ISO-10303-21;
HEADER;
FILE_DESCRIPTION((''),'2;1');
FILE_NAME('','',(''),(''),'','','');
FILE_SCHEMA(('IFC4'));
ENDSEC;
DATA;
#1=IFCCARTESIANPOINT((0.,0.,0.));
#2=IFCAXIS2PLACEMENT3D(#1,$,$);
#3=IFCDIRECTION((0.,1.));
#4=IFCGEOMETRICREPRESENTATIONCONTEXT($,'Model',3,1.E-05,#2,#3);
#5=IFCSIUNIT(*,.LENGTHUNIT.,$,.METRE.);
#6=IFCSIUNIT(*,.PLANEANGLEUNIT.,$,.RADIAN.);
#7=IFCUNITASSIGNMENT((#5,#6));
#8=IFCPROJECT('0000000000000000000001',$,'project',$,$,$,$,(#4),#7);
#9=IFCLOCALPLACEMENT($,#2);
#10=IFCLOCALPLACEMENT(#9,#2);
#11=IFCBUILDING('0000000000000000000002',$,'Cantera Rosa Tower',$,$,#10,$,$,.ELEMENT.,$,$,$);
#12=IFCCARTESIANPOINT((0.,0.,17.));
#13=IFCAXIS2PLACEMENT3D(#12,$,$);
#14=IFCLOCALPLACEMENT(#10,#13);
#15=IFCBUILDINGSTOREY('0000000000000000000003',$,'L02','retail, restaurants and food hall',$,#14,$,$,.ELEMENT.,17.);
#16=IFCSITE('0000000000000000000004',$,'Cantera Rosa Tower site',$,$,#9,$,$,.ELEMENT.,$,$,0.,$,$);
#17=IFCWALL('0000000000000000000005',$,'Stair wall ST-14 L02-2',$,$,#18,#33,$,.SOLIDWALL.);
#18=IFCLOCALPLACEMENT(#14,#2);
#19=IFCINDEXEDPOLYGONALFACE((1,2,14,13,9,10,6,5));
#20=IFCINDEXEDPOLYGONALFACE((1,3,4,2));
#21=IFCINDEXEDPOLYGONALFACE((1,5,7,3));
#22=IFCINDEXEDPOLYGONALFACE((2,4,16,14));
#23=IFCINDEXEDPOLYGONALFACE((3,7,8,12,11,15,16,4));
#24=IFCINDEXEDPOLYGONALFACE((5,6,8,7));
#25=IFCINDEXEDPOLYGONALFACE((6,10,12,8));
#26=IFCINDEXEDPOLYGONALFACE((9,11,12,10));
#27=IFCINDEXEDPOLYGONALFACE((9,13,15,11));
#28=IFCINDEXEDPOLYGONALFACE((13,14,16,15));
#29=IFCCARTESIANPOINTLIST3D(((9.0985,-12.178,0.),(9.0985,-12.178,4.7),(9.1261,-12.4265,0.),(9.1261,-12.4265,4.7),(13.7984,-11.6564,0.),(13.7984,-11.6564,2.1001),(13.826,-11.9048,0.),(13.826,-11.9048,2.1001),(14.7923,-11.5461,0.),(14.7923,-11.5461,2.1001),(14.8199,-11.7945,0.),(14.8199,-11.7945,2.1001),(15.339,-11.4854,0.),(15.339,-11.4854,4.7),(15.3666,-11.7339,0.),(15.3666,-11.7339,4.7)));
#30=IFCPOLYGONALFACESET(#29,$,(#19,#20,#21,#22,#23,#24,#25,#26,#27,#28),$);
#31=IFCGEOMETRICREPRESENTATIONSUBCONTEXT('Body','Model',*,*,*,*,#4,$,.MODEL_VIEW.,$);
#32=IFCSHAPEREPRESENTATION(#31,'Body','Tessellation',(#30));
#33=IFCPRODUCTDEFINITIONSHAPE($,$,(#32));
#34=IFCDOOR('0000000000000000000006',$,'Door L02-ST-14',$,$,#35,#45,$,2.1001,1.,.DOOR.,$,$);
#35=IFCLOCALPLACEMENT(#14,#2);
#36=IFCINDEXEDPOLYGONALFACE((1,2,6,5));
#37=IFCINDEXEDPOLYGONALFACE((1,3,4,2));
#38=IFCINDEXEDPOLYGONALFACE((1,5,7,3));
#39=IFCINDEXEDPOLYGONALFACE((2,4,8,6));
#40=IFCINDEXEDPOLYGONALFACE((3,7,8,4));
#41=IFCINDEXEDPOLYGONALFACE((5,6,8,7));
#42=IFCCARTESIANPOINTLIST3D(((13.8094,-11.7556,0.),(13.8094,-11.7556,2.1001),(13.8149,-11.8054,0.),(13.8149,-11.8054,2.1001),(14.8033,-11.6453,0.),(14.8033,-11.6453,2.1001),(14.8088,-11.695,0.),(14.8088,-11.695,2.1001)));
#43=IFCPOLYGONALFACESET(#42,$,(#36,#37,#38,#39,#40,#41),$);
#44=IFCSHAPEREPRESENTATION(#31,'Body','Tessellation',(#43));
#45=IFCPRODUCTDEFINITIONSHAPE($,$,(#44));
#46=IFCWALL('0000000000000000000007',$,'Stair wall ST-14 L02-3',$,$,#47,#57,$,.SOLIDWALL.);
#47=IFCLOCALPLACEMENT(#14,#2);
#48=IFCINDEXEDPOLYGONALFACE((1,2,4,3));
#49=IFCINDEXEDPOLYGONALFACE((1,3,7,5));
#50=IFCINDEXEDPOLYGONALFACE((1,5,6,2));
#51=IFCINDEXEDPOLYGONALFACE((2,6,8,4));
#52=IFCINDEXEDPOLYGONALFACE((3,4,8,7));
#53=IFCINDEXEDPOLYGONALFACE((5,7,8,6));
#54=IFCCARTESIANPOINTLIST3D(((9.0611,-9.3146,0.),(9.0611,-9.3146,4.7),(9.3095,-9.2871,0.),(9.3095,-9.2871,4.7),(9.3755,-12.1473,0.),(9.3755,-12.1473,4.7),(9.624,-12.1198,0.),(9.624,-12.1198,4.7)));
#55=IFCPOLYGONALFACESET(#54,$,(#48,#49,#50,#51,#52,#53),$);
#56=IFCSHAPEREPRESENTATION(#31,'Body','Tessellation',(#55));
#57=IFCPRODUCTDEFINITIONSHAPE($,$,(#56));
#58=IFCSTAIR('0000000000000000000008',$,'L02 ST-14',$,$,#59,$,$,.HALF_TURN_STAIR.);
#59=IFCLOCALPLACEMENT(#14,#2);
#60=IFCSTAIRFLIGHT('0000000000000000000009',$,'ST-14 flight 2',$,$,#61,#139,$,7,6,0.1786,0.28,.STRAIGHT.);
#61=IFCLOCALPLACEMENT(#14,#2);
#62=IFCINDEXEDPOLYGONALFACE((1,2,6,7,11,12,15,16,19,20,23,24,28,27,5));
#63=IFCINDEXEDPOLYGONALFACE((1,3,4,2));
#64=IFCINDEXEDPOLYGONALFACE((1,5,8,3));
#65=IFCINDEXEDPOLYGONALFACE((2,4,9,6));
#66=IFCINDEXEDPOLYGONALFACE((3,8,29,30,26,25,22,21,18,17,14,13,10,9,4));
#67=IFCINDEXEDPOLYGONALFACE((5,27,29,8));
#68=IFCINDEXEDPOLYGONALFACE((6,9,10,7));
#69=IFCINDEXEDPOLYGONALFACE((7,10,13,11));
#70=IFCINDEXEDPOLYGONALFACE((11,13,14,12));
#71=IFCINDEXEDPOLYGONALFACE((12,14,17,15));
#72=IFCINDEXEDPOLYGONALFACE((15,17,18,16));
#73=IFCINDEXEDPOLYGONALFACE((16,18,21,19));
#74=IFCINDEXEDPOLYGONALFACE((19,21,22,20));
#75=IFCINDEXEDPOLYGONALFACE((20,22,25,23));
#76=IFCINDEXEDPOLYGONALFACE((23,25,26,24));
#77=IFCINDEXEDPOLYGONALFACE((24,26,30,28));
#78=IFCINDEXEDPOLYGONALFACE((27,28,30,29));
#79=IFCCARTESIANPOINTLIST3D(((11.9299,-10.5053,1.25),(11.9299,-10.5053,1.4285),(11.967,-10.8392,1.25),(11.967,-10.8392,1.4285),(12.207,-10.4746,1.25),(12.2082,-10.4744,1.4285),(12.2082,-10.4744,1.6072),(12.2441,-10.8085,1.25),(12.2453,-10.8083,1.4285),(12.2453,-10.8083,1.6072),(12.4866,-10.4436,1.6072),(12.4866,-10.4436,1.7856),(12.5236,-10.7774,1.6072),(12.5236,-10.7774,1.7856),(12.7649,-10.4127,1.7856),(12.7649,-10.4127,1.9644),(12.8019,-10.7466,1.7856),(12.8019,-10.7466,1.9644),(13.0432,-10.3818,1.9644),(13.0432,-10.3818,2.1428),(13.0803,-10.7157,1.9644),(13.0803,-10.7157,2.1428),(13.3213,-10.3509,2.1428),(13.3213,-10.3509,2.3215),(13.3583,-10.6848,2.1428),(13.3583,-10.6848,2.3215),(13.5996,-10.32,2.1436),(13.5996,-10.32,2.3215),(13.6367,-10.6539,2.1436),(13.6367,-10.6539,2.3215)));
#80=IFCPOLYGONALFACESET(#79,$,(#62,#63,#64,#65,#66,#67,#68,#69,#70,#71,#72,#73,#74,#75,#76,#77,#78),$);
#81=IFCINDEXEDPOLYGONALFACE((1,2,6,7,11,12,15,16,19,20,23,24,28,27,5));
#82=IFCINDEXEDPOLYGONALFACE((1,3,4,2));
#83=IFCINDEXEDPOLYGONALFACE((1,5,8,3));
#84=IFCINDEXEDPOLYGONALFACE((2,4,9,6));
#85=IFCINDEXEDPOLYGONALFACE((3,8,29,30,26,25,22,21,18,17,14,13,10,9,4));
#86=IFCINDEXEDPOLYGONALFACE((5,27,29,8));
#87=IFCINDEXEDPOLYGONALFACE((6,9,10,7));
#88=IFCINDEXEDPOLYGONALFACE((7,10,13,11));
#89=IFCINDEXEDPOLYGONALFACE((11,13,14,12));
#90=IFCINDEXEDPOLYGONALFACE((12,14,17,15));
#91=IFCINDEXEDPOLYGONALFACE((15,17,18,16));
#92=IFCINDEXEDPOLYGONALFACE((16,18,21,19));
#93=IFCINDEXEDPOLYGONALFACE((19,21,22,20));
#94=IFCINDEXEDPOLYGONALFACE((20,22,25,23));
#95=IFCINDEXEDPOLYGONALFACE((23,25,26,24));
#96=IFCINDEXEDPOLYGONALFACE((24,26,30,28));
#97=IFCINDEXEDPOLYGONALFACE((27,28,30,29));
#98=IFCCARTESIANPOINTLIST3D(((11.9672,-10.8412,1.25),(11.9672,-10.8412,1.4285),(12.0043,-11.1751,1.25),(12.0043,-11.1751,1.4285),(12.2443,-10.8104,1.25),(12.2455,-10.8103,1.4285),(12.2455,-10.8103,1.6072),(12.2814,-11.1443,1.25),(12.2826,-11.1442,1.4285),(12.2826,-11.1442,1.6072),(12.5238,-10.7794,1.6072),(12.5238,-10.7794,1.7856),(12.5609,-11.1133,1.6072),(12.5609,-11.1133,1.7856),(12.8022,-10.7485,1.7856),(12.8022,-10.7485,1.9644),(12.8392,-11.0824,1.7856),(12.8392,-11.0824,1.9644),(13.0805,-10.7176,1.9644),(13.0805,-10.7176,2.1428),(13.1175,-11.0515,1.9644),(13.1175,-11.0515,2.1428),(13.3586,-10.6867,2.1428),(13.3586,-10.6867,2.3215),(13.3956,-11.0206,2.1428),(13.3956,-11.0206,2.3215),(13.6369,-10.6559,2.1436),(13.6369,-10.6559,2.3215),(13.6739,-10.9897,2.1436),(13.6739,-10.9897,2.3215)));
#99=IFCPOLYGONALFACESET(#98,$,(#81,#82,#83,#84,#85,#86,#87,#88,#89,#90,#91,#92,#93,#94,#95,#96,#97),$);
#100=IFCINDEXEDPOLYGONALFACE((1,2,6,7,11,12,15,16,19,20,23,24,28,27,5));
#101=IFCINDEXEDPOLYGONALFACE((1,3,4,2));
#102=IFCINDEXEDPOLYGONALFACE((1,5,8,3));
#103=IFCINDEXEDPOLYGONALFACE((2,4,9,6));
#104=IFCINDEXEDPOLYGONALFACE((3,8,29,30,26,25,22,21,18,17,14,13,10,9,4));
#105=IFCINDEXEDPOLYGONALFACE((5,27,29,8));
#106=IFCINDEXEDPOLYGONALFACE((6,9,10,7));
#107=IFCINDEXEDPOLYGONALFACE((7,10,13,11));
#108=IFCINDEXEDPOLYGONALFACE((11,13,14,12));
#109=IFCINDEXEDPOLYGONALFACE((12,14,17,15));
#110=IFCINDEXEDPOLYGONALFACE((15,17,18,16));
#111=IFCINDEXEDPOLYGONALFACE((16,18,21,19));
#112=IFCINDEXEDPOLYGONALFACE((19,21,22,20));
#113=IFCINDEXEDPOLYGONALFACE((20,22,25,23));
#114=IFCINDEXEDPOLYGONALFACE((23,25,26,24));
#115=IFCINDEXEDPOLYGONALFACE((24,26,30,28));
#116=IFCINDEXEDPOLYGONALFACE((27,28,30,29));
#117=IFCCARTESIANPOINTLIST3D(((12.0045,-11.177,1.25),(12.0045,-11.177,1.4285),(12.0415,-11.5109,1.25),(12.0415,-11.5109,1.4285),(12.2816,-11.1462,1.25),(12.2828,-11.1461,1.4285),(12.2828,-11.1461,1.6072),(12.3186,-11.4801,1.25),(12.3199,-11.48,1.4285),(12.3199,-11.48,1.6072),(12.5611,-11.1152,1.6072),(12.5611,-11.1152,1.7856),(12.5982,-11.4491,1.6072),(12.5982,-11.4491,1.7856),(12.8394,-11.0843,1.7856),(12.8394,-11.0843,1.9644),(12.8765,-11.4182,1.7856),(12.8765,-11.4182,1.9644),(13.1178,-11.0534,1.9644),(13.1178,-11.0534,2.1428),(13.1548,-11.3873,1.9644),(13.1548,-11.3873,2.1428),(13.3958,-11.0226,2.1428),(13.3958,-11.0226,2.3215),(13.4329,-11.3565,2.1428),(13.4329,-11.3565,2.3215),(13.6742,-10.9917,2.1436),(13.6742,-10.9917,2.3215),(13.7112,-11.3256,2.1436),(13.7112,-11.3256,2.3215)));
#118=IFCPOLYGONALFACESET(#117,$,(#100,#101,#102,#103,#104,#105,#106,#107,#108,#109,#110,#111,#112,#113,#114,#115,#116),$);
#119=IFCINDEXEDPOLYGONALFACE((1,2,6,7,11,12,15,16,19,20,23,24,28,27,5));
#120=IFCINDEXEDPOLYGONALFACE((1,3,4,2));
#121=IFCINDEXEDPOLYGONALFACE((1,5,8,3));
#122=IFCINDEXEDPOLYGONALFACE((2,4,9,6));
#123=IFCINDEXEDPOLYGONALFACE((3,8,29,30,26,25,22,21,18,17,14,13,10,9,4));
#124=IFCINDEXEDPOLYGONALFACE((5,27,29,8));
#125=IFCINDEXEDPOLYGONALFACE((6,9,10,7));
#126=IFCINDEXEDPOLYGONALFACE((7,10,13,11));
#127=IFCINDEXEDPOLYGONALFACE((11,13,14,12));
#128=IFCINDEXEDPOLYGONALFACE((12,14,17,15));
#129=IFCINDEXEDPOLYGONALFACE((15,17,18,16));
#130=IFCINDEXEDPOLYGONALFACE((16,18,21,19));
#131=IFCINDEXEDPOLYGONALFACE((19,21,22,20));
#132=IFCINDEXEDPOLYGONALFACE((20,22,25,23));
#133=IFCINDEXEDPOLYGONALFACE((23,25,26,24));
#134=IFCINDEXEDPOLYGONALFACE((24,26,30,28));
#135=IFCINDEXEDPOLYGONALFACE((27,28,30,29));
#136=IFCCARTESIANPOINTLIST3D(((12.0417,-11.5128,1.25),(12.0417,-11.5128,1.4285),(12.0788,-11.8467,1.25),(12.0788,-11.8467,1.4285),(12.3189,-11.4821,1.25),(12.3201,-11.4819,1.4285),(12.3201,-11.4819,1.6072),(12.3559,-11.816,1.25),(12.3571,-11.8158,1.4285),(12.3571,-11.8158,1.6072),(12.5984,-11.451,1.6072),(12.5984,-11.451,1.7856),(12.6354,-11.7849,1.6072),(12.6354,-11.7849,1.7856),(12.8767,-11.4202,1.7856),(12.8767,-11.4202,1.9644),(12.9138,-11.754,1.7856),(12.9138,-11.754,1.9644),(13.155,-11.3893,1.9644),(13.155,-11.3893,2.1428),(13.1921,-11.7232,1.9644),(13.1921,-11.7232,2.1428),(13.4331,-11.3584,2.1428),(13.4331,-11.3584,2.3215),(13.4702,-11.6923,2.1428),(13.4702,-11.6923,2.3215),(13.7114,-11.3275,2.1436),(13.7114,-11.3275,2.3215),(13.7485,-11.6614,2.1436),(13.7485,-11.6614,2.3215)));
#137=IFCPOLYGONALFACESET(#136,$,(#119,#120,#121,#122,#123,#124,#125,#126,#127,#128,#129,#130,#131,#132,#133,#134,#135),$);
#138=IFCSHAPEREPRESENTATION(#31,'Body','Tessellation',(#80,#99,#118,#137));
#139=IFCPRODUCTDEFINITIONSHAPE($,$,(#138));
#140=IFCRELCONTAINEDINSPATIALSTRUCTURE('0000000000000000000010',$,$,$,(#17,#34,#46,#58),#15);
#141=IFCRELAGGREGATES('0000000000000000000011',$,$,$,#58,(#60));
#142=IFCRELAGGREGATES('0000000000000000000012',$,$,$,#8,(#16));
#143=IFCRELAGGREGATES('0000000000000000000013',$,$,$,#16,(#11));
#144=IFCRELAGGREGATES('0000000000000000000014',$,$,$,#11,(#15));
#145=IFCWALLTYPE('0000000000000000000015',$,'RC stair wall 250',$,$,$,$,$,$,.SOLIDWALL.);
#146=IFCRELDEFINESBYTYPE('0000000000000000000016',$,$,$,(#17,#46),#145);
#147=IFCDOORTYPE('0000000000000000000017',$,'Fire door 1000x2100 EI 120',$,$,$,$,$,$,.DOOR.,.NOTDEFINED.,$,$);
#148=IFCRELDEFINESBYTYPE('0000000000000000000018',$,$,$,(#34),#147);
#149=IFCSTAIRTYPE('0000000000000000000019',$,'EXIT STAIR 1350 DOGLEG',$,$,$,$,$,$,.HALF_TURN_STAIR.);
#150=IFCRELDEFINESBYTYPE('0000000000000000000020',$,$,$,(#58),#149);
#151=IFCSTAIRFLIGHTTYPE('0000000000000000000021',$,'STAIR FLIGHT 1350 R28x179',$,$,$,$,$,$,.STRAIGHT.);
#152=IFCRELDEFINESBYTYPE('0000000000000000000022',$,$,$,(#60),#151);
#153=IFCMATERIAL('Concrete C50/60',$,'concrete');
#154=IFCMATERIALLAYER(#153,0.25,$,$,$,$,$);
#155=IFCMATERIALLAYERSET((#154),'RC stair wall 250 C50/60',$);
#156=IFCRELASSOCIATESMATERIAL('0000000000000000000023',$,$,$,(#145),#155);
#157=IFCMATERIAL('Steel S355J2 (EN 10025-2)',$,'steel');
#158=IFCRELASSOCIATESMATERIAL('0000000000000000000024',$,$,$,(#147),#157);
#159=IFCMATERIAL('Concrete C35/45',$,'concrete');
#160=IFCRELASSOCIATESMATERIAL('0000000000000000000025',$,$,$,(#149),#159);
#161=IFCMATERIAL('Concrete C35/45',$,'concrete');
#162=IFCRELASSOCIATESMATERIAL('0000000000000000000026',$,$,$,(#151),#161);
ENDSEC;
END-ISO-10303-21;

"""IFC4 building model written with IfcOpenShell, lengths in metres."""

from ifc_helpers import new_model, si_unit, direction, frame, frame_2d, origin, place, context, subcontext, project, spatial, polyline, rectangle, outline, extrude, material, layer, layer_set, type_object, element, fill, aggregate, save


model = new_model("IFC4")

# Units and contexts
model_context = context("Model", 3, precision=1e-05, world=origin(), true_north=direction((0.0, 1.0)))
body_context = subcontext(model_context, "Body", "Model", "MODEL_VIEW")
ifc_project = project(units=[si_unit("LENGTHUNIT", "METRE"), si_unit("PLANEANGLEUNIT", "RADIAN")], contexts=[model_context])

# Site, building, storey
site_placement = place(None, origin())
site = spatial("IfcSite", under=ifc_project, at=site_placement, Name="Cantera Rosa Tower site", CompositionType="ELEMENT", RefElevation=0.0)
building_placement = place(site_placement, origin())
building = spatial("IfcBuilding", under=site, at=building_placement, Name="Cantera Rosa Tower", CompositionType="ELEMENT")
storey_placement = place(building_placement, frame((0.0, 0.0, 17.0)))
storey = spatial("IfcBuildingStorey", under=building, at=storey_placement, Name="L02", Description="retail, restaurants and food hall", CompositionType="ELEMENT", Elevation=17.0)

# Wall, opening, door
ifc_material_1 = material(Name="Concrete C50/60", Category="concrete")
ifc_layer_1 = layer(ifc_material_1, 0.25)
ifc_layer_set_1 = layer_set([ifc_layer_1], Name="RC stair wall 250 C50/60")
wall_type_1 = type_object("IfcWallType", Name="RC stair wall 250", PredefinedType="SOLIDWALL", material=ifc_layer_set_1)
wall_1_placement = place(storey_placement, frame((15.3528, -11.6096, 0.0), z_axis=(0.0, 0.0, 1.0), x_axis=(-0.993897, -0.110312, 0.0)))
wall_1 = element("IfcWall", 1, at=wall_1_placement, inside=storey, type_object=wall_type_1, Name="Stair wall ST-14 L02-2", PredefinedType="SOLIDWALL", context=body_context, shape_type="SweptSolid", body=[
    extrude(rectangle(XDim=6.2788, YDim=0.25, at=frame_2d((3.1394, 0.0))), origin(), (0.0, 0.0, 1.0), 4.7),
])
opening_1_placement = place(wall_1_placement, frame((0.55, 0.0, 0.0)))
opening_1 = element("IfcOpeningElement", 2, at=opening_1_placement, cuts=wall_1, PredefinedType="OPENING", context=body_context, shape_type="SweptSolid", body=[
    extrude(rectangle(XDim=1.0, YDim=2.1001, at=frame_2d((0.5, 1.05))), frame((0.0, 0.135, 0.0), z_axis=(0.0, -1.0, 0.0), x_axis=(1.0, 0.0, 0.0)), (0.0, 0.0, 1.0), 0.27),
])
ifc_material_2 = material(Name="Steel S355J2 (EN 10025-2)", Category="steel")
door_type_1 = type_object("IfcDoorType", Name="Fire door 1000x2100 EI 120", OperationType="NOTDEFINED", PredefinedType="DOOR", material=ifc_material_2)
door_1_placement = place(opening_1_placement, origin())
door_1 = element("IfcDoor", 3, at=door_1_placement, inside=storey, type_object=door_type_1, Name="Door L02-ST-14", OverallHeight=2.1001, OverallWidth=1.0, PredefinedType="DOOR", context=body_context, shape_type="SweptSolid", body=[
    extrude(rectangle(XDim=1.0, YDim=2.1001, at=frame_2d((0.5, 1.05))), frame((0.0, 0.0249, 0.0), z_axis=(0.0, -1.0, 0.0), x_axis=(1.0, 0.0, 0.0)), (0.0, 0.0, 1.0), 0.05),
])
fill(opening_1, door_1)

# Wall
wall_2_placement = place(storey_placement, frame((9.4998, -12.1335, 0.0), z_axis=(0.0, 0.0, 1.0), x_axis=(-0.110328, 0.993895, 0.0)))
element("IfcWall", 4, at=wall_2_placement, inside=storey, type_object=wall_type_1, Name="Stair wall ST-14 L02-3", PredefinedType="SOLIDWALL", context=body_context, shape_type="SweptSolid", body=[
    extrude(rectangle(XDim=2.8501, YDim=0.25, at=frame_2d((1.425, 0.0))), origin(), (0.0, 0.0, 1.0), 4.7),
])

# Stair, stair flight
ifc_material_3 = material(Name="Concrete C35/45", Category="concrete")
stair_type = type_object("IfcStairType", Name="EXIT STAIR 1350 DOGLEG", PredefinedType="HALF_TURN_STAIR", material=ifc_material_3)
stair_placement = place(storey_placement, origin())
stair = element("IfcStair", 5, at=stair_placement, inside=storey, type_object=stair_type, Name="L02 ST-14", PredefinedType="HALF_TURN_STAIR")
ifc_material_4 = material(Name="Concrete C35/45", Category="concrete")
stair_flight_type = type_object("IfcStairFlightType", Name="STAIR FLIGHT 1350 R28x179", PredefinedType="STRAIGHT", material=ifc_material_4)
stair_flight_1_placement = place(storey_placement, frame((12.0044, -11.1763, 1.25), z_axis=(0.0, 0.0, 1.0), x_axis=(0.993897, 0.110313, 0.0)))
stair_flight_1 = element("IfcStairFlight", 6, at=stair_flight_1_placement, type_object=stair_flight_type, Name="ST-14 flight 2", NumberOfRisers=7, NumberOfTreads=6, PredefinedType="STRAIGHT", RiserHeight=0.1786, TreadLength=0.28, context=body_context, shape_type="SweptSolid", body=[
    extrude(outline(polyline([(0.0, 0.0), (0.0, 0.1785), (0.28, 0.1785), (0.28, 0.3572), (0.5601, 0.3572), (0.5601, 0.5356), (0.8401, 0.5356), (0.8401, 0.7144), (1.1201, 0.7144), (1.1201, 0.8928), (1.3999, 0.8928), (1.3999, 1.0715), (1.6799, 1.0715), (1.6799, 1.25), (1.6799, 0.8936), (0.2788, 0.0), (0.0, 0.0)])), frame((0.0, 0.675, 0.0), z_axis=(0.0, -1.0, 0.0), x_axis=(1.0, 0.0, 0.0)), (0.0, 0.0, 1.0), 0.3359),
    extrude(outline(polyline([(0.0, 0.0), (0.0, 0.1785), (0.28, 0.1785), (0.28, 0.3572), (0.5601, 0.3572), (0.5601, 0.5356), (0.8401, 0.5356), (0.8401, 0.7144), (1.1201, 0.7144), (1.1201, 0.8928), (1.3999, 0.8928), (1.3999, 1.0715), (1.6799, 1.0715), (1.6799, 1.25), (1.6799, 0.8936), (0.2788, 0.0), (0.0, 0.0)])), frame((0.0, 0.3372, 0.0), z_axis=(0.0, -1.0, 0.0), x_axis=(1.0, 0.0, 0.0)), (0.0, 0.0, 1.0), 0.3359),
    extrude(outline(polyline([(0.0, 0.0), (0.0, 0.1785), (0.28, 0.1785), (0.28, 0.3572), (0.5601, 0.3572), (0.5601, 0.5356), (0.8401, 0.5356), (0.8401, 0.7144), (1.1201, 0.7144), (1.1201, 0.8928), (1.3999, 0.8928), (1.3999, 1.0715), (1.6799, 1.0715), (1.6799, 1.25), (1.6799, 0.8936), (0.2788, 0.0), (0.0, 0.0)])), frame((0.0, -0.0007, 0.0), z_axis=(0.0, -1.0, 0.0), x_axis=(1.0, 0.0, 0.0)), (0.0, 0.0, 1.0), 0.3359),
    extrude(outline(polyline([(0.0, 0.0), (0.0, 0.1785), (0.28, 0.1785), (0.28, 0.3572), (0.5601, 0.3572), (0.5601, 0.5356), (0.8401, 0.5356), (0.8401, 0.7144), (1.1201, 0.7144), (1.1201, 0.8928), (1.3999, 0.8928), (1.3999, 1.0715), (1.6799, 1.0715), (1.6799, 1.25), (1.6799, 0.8936), (0.2788, 0.0), (0.0, 0.0)])), frame((0.0, -0.3386, 0.0), z_axis=(0.0, -1.0, 0.0), x_axis=(1.0, 0.0, 0.0)), (0.0, 0.0, 1.0), 0.3359),
])
aggregate(stair, [stair_flight_1])

save(model, "model.ifc")
